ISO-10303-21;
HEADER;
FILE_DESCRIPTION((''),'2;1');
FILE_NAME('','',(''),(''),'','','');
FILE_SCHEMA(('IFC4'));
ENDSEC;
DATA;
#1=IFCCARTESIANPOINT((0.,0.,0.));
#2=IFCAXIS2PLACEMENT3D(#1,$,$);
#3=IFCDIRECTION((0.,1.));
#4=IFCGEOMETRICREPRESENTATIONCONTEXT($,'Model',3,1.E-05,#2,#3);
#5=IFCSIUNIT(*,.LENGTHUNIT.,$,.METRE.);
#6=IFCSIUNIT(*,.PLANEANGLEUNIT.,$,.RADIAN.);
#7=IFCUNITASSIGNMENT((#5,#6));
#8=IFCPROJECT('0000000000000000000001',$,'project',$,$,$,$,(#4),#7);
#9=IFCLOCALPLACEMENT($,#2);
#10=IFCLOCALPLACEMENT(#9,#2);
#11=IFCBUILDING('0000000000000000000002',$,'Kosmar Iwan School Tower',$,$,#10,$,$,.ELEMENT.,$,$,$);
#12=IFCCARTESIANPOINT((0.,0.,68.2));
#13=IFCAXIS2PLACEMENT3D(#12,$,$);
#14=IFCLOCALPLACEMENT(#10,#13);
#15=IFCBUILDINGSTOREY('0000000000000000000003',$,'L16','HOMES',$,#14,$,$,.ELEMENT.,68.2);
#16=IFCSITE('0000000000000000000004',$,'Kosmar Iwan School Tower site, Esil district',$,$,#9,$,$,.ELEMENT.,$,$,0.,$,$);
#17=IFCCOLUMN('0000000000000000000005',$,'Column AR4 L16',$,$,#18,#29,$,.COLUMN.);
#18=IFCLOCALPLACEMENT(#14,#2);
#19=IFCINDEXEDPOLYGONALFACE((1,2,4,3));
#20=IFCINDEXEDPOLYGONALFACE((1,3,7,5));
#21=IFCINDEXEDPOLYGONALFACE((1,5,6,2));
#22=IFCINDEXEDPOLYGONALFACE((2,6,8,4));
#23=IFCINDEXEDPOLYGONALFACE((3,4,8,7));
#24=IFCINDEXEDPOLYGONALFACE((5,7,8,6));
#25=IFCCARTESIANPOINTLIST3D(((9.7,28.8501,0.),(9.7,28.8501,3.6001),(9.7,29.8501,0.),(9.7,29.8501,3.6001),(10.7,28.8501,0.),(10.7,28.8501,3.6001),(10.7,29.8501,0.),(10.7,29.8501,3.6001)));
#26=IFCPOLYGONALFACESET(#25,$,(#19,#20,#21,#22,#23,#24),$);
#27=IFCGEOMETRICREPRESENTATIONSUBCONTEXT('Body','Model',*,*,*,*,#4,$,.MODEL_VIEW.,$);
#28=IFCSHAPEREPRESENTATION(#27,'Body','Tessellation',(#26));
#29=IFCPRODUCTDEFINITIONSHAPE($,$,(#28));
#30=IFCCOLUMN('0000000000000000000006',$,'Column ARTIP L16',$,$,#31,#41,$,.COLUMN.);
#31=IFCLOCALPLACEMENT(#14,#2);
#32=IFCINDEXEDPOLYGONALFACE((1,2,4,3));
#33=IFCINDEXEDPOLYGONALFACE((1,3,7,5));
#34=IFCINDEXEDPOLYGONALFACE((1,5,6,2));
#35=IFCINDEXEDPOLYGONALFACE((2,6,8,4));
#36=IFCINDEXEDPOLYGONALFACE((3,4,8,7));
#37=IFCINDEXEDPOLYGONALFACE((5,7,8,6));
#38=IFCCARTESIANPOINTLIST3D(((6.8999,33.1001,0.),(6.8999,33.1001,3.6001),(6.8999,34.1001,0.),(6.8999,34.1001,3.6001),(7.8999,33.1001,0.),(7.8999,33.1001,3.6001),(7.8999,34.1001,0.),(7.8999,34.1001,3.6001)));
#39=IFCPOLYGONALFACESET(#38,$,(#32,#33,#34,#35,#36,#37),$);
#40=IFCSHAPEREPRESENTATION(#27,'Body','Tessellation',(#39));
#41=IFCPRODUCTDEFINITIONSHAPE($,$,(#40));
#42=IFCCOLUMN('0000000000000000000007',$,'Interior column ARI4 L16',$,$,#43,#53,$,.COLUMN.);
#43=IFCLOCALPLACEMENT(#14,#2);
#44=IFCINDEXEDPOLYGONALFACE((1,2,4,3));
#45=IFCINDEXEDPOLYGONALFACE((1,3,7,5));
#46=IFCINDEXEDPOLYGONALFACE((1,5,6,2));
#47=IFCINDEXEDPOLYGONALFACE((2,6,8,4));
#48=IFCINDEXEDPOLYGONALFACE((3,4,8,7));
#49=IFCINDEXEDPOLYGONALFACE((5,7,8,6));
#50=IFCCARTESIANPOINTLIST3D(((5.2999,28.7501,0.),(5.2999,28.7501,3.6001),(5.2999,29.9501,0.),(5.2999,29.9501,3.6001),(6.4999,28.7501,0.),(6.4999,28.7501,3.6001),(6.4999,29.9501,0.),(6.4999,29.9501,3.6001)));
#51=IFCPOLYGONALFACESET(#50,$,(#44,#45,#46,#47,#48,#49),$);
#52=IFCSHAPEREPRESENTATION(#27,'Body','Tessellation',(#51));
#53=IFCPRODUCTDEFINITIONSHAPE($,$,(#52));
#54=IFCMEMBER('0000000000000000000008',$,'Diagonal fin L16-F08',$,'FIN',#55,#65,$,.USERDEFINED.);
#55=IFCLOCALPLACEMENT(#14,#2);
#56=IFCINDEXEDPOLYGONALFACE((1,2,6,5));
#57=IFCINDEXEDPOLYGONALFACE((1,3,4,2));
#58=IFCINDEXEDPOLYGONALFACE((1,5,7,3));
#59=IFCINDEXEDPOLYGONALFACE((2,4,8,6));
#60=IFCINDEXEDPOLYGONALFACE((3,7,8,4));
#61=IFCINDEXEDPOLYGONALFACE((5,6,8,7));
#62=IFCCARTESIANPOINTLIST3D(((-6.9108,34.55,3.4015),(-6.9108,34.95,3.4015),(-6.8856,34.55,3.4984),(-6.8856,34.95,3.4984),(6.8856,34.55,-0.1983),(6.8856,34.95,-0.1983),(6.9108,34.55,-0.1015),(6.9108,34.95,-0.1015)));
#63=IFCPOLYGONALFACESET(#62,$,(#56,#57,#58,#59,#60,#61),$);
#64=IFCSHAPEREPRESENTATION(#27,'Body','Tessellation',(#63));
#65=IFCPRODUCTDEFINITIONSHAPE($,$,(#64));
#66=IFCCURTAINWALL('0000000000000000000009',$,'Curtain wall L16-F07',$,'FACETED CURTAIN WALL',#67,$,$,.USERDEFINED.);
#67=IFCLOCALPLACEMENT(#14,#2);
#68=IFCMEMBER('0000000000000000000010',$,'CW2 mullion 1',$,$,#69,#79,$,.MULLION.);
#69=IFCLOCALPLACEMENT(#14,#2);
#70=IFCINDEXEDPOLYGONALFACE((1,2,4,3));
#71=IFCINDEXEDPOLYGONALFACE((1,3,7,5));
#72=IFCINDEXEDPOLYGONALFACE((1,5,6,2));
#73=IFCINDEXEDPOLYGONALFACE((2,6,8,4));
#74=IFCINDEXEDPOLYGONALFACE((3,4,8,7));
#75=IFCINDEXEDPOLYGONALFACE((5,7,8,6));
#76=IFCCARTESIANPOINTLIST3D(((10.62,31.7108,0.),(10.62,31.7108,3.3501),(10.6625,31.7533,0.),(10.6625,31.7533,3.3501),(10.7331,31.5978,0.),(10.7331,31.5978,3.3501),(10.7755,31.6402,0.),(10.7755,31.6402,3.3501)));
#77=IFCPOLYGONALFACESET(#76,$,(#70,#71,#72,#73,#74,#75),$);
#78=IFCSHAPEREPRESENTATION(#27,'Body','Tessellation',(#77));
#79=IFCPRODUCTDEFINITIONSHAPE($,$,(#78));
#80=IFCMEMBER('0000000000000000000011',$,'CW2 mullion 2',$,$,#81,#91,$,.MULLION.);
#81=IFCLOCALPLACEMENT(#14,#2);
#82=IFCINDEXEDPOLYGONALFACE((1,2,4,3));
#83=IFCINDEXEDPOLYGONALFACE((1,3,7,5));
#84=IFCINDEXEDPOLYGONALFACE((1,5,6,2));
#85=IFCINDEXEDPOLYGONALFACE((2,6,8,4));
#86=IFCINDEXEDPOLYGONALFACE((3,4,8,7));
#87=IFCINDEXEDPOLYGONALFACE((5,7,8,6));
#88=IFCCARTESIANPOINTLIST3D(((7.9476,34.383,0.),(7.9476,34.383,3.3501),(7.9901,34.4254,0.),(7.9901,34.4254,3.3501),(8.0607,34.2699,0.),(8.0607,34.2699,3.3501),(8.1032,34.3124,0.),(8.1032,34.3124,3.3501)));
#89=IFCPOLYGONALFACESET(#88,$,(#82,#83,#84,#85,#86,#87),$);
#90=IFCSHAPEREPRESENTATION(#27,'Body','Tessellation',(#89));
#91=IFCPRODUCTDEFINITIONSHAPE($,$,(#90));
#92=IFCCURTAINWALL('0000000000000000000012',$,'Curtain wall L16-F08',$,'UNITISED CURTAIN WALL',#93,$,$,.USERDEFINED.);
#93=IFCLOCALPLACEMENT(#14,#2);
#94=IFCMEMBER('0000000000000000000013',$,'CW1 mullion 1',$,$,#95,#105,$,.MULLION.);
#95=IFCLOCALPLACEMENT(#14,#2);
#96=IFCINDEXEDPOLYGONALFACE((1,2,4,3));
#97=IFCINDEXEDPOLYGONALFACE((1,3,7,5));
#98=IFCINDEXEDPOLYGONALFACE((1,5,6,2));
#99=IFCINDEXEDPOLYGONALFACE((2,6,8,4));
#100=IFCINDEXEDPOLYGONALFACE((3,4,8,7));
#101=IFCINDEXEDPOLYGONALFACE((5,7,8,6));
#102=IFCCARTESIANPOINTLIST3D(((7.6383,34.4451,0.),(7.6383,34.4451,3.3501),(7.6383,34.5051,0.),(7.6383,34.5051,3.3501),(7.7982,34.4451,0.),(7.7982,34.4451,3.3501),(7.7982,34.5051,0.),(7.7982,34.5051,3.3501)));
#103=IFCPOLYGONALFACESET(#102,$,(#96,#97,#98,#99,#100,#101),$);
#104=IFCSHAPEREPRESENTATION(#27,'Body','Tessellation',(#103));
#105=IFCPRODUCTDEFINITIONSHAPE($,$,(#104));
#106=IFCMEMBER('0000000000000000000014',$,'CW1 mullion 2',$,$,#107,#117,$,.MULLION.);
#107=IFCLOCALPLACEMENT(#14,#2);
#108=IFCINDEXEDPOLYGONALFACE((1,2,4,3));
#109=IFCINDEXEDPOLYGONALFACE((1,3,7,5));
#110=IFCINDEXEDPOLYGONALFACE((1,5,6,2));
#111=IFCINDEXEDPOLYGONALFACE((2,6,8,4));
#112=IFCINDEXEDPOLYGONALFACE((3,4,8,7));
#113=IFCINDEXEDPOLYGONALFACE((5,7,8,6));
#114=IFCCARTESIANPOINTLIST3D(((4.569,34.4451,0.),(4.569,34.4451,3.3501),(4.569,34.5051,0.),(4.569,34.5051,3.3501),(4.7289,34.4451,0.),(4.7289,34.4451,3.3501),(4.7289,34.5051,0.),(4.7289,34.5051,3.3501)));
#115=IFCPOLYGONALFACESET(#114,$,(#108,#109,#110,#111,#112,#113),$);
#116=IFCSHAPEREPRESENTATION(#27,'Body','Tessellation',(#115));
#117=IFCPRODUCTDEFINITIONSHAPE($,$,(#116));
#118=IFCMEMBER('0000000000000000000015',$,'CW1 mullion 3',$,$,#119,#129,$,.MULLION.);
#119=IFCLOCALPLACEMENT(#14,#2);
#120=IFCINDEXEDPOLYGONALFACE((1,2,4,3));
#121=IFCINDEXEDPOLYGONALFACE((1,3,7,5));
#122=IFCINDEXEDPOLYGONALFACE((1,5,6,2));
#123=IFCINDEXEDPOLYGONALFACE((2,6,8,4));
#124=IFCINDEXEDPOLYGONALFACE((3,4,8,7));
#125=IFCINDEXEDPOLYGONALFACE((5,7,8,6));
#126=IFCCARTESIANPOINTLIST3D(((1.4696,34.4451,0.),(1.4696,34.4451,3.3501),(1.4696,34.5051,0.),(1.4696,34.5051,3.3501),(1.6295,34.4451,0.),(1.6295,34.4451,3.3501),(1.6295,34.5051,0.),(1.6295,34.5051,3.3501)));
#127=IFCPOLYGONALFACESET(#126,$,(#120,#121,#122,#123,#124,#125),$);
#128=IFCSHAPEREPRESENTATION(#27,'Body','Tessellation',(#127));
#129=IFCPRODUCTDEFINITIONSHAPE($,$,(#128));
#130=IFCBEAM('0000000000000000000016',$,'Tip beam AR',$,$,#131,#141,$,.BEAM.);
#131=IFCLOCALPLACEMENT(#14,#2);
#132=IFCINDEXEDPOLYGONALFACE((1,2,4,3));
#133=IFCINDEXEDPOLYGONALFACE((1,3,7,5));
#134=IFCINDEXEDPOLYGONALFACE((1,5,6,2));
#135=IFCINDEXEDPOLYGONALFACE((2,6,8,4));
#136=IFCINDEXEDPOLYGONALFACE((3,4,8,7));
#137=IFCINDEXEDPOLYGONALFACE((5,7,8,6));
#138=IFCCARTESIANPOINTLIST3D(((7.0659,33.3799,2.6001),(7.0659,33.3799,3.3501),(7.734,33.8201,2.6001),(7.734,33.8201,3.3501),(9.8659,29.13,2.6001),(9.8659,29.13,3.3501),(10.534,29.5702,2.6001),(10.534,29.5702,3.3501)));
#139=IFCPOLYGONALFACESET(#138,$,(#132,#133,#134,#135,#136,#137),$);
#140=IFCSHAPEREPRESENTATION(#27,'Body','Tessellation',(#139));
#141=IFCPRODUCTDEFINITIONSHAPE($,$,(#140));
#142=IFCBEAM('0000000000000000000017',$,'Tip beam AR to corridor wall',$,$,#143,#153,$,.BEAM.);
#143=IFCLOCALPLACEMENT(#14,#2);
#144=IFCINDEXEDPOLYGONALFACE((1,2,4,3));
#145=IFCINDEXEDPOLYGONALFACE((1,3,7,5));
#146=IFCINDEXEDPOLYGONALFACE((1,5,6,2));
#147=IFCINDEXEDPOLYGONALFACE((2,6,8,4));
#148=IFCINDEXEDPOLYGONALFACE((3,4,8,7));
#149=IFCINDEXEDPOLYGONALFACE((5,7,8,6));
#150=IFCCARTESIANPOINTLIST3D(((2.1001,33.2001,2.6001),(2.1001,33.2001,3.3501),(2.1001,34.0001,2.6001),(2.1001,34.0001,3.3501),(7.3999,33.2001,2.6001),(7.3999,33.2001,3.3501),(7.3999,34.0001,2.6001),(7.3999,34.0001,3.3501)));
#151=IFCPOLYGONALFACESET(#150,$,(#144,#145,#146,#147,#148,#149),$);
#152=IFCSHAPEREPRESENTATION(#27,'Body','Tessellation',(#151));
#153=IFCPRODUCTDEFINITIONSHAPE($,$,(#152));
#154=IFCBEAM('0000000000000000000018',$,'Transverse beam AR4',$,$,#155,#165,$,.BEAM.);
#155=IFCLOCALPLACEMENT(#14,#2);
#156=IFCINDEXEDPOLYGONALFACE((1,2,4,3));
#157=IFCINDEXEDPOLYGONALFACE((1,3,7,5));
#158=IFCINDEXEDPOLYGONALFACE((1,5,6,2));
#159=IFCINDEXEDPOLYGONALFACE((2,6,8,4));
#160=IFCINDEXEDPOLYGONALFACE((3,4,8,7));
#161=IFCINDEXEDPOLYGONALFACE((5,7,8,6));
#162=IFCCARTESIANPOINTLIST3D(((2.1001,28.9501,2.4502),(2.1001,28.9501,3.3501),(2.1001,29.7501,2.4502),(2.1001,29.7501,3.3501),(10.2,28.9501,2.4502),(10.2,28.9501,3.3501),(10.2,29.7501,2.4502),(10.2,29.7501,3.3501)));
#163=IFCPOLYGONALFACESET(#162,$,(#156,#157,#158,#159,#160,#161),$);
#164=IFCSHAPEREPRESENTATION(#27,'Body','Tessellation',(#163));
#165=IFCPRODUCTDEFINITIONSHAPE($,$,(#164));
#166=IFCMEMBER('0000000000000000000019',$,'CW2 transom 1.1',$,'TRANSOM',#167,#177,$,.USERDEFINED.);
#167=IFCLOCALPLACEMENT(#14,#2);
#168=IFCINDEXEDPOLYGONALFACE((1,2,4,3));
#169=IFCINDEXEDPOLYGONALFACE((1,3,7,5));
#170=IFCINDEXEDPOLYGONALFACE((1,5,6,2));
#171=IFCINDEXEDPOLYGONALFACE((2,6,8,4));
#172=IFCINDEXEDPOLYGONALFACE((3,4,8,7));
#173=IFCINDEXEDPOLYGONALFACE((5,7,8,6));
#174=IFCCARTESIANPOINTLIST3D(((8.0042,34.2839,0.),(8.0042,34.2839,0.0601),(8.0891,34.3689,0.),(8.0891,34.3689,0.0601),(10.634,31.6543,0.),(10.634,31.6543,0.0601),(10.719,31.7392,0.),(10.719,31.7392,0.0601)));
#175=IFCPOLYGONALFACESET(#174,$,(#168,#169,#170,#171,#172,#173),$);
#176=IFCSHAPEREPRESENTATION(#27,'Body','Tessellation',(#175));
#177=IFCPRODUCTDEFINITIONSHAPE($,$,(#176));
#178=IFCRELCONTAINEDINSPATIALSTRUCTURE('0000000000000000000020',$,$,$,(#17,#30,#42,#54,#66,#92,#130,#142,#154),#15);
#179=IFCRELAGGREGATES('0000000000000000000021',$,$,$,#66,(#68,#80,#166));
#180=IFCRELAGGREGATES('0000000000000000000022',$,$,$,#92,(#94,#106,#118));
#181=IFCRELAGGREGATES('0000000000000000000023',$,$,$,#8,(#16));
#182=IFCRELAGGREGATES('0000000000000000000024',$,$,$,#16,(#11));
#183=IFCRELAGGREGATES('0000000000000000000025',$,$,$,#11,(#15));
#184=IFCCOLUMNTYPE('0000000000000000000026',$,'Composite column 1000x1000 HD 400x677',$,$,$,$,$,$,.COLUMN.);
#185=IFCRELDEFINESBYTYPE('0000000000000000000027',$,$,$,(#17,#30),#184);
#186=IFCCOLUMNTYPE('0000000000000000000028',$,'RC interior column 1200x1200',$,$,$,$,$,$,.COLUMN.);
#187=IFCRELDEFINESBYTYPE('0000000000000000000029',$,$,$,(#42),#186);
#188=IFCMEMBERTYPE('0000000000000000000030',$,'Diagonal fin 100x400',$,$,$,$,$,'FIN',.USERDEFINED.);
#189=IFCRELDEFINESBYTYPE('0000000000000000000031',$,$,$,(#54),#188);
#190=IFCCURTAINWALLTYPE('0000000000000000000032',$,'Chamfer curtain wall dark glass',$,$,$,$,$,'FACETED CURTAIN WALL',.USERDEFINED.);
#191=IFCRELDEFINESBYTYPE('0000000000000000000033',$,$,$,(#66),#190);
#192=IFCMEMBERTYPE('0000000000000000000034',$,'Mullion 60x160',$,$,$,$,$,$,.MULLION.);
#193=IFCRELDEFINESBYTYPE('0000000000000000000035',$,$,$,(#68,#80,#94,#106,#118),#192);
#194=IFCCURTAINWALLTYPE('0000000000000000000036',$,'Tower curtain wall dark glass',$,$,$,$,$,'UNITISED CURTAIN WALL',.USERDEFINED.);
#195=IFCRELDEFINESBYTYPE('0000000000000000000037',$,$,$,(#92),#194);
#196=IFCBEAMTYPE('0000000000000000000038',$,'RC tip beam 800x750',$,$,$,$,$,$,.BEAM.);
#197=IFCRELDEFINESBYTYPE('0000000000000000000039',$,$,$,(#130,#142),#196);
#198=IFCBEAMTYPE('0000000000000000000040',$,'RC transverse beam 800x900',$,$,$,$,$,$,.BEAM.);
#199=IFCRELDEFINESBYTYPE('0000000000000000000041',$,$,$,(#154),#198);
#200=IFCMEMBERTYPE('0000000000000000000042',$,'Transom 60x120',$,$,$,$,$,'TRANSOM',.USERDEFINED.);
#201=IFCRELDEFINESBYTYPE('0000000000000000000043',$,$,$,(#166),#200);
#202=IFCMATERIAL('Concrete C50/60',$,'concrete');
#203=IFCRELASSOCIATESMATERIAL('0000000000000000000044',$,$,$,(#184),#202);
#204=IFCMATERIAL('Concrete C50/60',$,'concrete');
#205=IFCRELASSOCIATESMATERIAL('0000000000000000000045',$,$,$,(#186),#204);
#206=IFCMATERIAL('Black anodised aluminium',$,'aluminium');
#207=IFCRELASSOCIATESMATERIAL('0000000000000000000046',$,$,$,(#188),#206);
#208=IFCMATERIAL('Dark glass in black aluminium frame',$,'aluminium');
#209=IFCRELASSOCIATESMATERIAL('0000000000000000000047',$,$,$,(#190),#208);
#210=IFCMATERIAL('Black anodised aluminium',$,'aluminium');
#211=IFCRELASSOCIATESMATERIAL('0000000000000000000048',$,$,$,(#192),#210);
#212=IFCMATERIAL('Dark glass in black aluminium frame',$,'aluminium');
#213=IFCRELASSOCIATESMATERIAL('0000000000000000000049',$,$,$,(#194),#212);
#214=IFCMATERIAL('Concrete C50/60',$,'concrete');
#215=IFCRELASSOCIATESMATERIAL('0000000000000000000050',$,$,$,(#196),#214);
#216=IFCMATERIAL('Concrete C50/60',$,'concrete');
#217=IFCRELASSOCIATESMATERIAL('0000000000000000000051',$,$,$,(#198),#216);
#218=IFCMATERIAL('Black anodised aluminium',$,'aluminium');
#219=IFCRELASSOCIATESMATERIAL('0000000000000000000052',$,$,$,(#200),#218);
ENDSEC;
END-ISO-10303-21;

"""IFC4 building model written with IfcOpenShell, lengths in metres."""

from ifc_helpers import new_model, si_unit, direction, frame, origin, origin_2d, place, context, subcontext, project, spatial, rectangle, extrude, material, material_profile, profile_set, type_object, element, aggregate, save


model = new_model("IFC4")

# Units and contexts
model_context = context("Model", 3, precision=1e-05, world=origin(), true_north=direction((0.0, 1.0)))
body_context = subcontext(model_context, "Body", "Model", "MODEL_VIEW")
ifc_project = project(units=[si_unit("LENGTHUNIT", "METRE"), si_unit("PLANEANGLEUNIT", "RADIAN")], contexts=[model_context])

# Site, building, storey
site_placement = place(None, origin())
site = spatial("IfcSite", under=ifc_project, at=site_placement, Name="Kosmar Iwan School Tower site, Esil district", CompositionType="ELEMENT", RefElevation=0.0)
building_placement = place(site_placement, origin())
building = spatial("IfcBuilding", under=site, at=building_placement, Name="Kosmar Iwan School Tower", CompositionType="ELEMENT")
storey_placement = place(building_placement, frame((0.0, 0.0, 68.2)))
storey = spatial("IfcBuildingStorey", under=building, at=storey_placement, Name="L16", Description="HOMES", CompositionType="ELEMENT", Elevation=68.2)

# Columns
ifc_material_1 = material(Name="Concrete C50/60", Category="concrete")
ifc_material_profile_1 = material_profile(ifc_material_1, rectangle(XDim=1.0, YDim=1.0, at=origin_2d()), Name="RC 1000x1000 + HD 400x677")
ifc_profile_set_1 = profile_set([ifc_material_profile_1], Name="Concrete C50/60")
column_type_1 = type_object("IfcColumnType", Name="Composite column 1000x1000 HD 400x677", PredefinedType="COLUMN", material=ifc_profile_set_1)
for number, where, z_axis, x_axis, name in (
    (1, (10.2, 29.3501, 0.0), (0.0, 0.0, 1.0), (0.0, 1.0, 0.0), "Column AR4 L16"),
    (2, (7.3999, 33.6001, 0.0), (0.0, 0.0, 1.0), (0.0, 1.0, 0.0), "Column ARTIP L16"),
):
    element("IfcColumn", number, at=place(storey_placement, frame(where, z_axis=z_axis, x_axis=x_axis)), inside=storey, type_object=column_type_1, Name=name, PredefinedType="COLUMN", context=body_context, shape_type="SweptSolid", body=[
        extrude(rectangle(XDim=1.0, YDim=1.0, at=origin_2d()), origin(), (0.0, 0.0, 1.0), 3.6001),
    ])
ifc_material_2 = material(Name="Concrete C50/60", Category="concrete")
ifc_material_profile_2 = material_profile(ifc_material_2, rectangle(XDim=1.2, YDim=1.2, at=origin_2d()), Name="RC 1200x1200")
ifc_profile_set_2 = profile_set([ifc_material_profile_2], Name="Concrete C50/60")
column_type_2 = type_object("IfcColumnType", Name="RC interior column 1200x1200", PredefinedType="COLUMN", material=ifc_profile_set_2)
column_placement = place(storey_placement, frame((5.8999, 29.3501, 0.0), z_axis=(0.0, 0.0, 1.0), x_axis=(0.0, 1.0, 0.0)))
element("IfcColumn", 3, at=column_placement, inside=storey, type_object=column_type_2, Name="Interior column ARI4 L16", PredefinedType="COLUMN", context=body_context, shape_type="SweptSolid", body=[
    extrude(rectangle(XDim=1.2, YDim=1.2, at=origin_2d()), origin(), (0.0, 0.0, 1.0), 3.6001),
])

# Member
ifc_material_3 = material(Name="Black anodised aluminium", Category="aluminium")
ifc_material_profile_3 = material_profile(ifc_material_3, rectangle(XDim=0.1001, YDim=0.3999, at=origin_2d()), Name="FIN 100x400")
ifc_profile_set_3 = profile_set([ifc_material_profile_3], Name="Black anodised aluminium")
member_type_1 = type_object("IfcMemberType", Name="Diagonal fin 100x400", ElementType="FIN", PredefinedType="USERDEFINED", material=ifc_profile_set_3)
member_1_placement = place(storey_placement, frame((6.8982, 34.75, -0.1499), z_axis=(-0.967604, 0.0, 0.252474), x_axis=(0.252474, 0.0, 0.967604)))
element("IfcMember", 4, at=member_1_placement, inside=storey, type_object=member_type_1, Name="Diagonal fin L16-F08", ObjectType="FIN", PredefinedType="USERDEFINED", context=body_context, shape_type="SweptSolid", body=[
    extrude(rectangle(XDim=0.1001, YDim=0.3999, at=origin_2d()), origin(), (0.0, 0.0, 1.0), 14.2583),
])

# Curtain walls, members
ifc_material_4 = material(Name="Dark glass in black aluminium frame", Category="aluminium")
curtain_wall_type_1 = type_object("IfcCurtainWallType", Name="Chamfer curtain wall dark glass", ElementType="FACETED CURTAIN WALL", PredefinedType="USERDEFINED", material=ifc_material_4)
curtain_wall_1_placement = place(storey_placement, origin())
curtain_wall_1 = element("IfcCurtainWall", 5, at=curtain_wall_1_placement, inside=storey, type_object=curtain_wall_type_1, Name="Curtain wall L16-F07", ObjectType="FACETED CURTAIN WALL", PredefinedType="USERDEFINED")
ifc_material_5 = material(Name="Black anodised aluminium", Category="aluminium")
ifc_material_profile_4 = material_profile(ifc_material_5, rectangle(XDim=0.0601, YDim=0.1599, at=origin_2d()), Name="MULLION 60x160")
ifc_profile_set_4 = profile_set([ifc_material_profile_4], Name="Black anodised aluminium")
member_type_2 = type_object("IfcMemberType", Name="Mullion 60x160", PredefinedType="MULLION", material=ifc_profile_set_4)
member_2_placement = place(storey_placement, frame((10.6978, 31.6755, 0.0), z_axis=(0.0, 0.0, 1.0), x_axis=(-0.707107, -0.707107, 0.0)))
member_2 = element("IfcMember", 6, at=member_2_placement, type_object=member_type_2, Name="CW2 mullion 1", PredefinedType="MULLION", context=body_context, shape_type="SweptSolid", body=[
    extrude(rectangle(XDim=0.0601, YDim=0.1599, at=origin_2d()), origin(), (0.0, 0.0, 1.0), 3.3501),
])
member_3_placement = place(storey_placement, frame((8.0254, 34.3477, 0.0), z_axis=(0.0, 0.0, 1.0), x_axis=(-0.707107, -0.707107, 0.0)))
member_3 = element("IfcMember", 7, at=member_3_placement, type_object=member_type_2, Name="CW2 mullion 2", PredefinedType="MULLION", context=body_context, shape_type="SweptSolid", body=[
    extrude(rectangle(XDim=0.0601, YDim=0.1599, at=origin_2d()), origin(), (0.0, 0.0, 1.0), 3.3501),
])
ifc_material_6 = material(Name="Dark glass in black aluminium frame", Category="aluminium")
curtain_wall_type_2 = type_object("IfcCurtainWallType", Name="Tower curtain wall dark glass", ElementType="UNITISED CURTAIN WALL", PredefinedType="USERDEFINED", material=ifc_material_6)
curtain_wall_2_placement = place(storey_placement, origin())
curtain_wall_2 = element("IfcCurtainWall", 8, at=curtain_wall_2_placement, inside=storey, type_object=curtain_wall_type_2, Name="Curtain wall L16-F08", ObjectType="UNITISED CURTAIN WALL", PredefinedType="USERDEFINED")
member_4_placement = place(storey_placement, frame((7.7183, 34.4751, 0.0), z_axis=(0.0, 0.0, 1.0), x_axis=(0.0, -1.0, 0.0)))
member_4 = element("IfcMember", 9, at=member_4_placement, type_object=member_type_2, Name="CW1 mullion 1", PredefinedType="MULLION", context=body_context, shape_type="SweptSolid", body=[
    extrude(rectangle(XDim=0.0601, YDim=0.1599, at=origin_2d()), origin(), (0.0, 0.0, 1.0), 3.3501),
])
member_5_placement = place(storey_placement, frame((4.6489, 34.4751, 0.0), z_axis=(0.0, 0.0, 1.0), x_axis=(0.0, -1.0, 0.0)))
member_5 = element("IfcMember", 10, at=member_5_placement, type_object=member_type_2, Name="CW1 mullion 2", PredefinedType="MULLION", context=body_context, shape_type="SweptSolid", body=[
    extrude(rectangle(XDim=0.0601, YDim=0.1599, at=origin_2d()), origin(), (0.0, 0.0, 1.0), 3.3501),
])
member_6_placement = place(storey_placement, frame((1.5496, 34.4751, 0.0), z_axis=(0.0, 0.0, 1.0), x_axis=(0.0, -1.0, 0.0)))
member_6 = element("IfcMember", 11, at=member_6_placement, type_object=member_type_2, Name="CW1 mullion 3", PredefinedType="MULLION", context=body_context, shape_type="SweptSolid", body=[
    extrude(rectangle(XDim=0.0601, YDim=0.1599, at=origin_2d()), origin(), (0.0, 0.0, 1.0), 3.3501),
])

# Beams
ifc_material_7 = material(Name="Concrete C50/60", Category="concrete")
ifc_material_profile_5 = material_profile(ifc_material_7, rectangle(XDim=0.8, YDim=0.75, at=origin_2d()), Name="RC 800x750")
ifc_profile_set_5 = profile_set([ifc_material_profile_5], Name="Concrete C50/60")
beam_type_1 = type_object("IfcBeamType", Name="RC tip beam 800x750", PredefinedType="BEAM", material=ifc_profile_set_5)
beam_1_placement = place(storey_placement, frame((10.2, 29.3501, 2.9751), z_axis=(-0.550164, 0.835056, 0.0), x_axis=(-0.835056, -0.550164, 0.0)))
element("IfcBeam", 12, at=beam_1_placement, inside=storey, type_object=beam_type_1, Name="Tip beam AR", PredefinedType="BEAM", context=body_context, shape_type="SweptSolid", body=[
    extrude(rectangle(XDim=0.8, YDim=0.75, at=origin_2d()), origin(), (0.0, 0.0, 1.0), 5.0894),
])
beam_2_placement = place(storey_placement, frame((7.3999, 33.6001, 2.9751), z_axis=(-1.0, 0.0, 0.0), x_axis=(0.0, -1.0, 0.0)))
element("IfcBeam", 13, at=beam_2_placement, inside=storey, type_object=beam_type_1, Name="Tip beam AR to corridor wall", PredefinedType="BEAM", context=body_context, shape_type="SweptSolid", body=[
    extrude(rectangle(XDim=0.8, YDim=0.75, at=origin_2d()), origin(), (0.0, 0.0, 1.0), 5.2998),
])
ifc_material_8 = material(Name="Concrete C50/60", Category="concrete")
ifc_material_profile_6 = material_profile(ifc_material_8, rectangle(XDim=0.8, YDim=0.8999, at=origin_2d()), Name="RC 800x900")
ifc_profile_set_6 = profile_set([ifc_material_profile_6], Name="Concrete C50/60")
beam_type_2 = type_object("IfcBeamType", Name="RC transverse beam 800x900", PredefinedType="BEAM", material=ifc_profile_set_6)
beam_3_placement = place(storey_placement, frame((10.2, 29.3501, 2.9001), z_axis=(-1.0, 0.0, 0.0), x_axis=(0.0, -1.0, 0.0)))
element("IfcBeam", 14, at=beam_3_placement, inside=storey, type_object=beam_type_2, Name="Transverse beam AR4", PredefinedType="BEAM", context=body_context, shape_type="SweptSolid", body=[
    extrude(rectangle(XDim=0.8, YDim=0.8999, at=origin_2d()), origin(), (0.0, 0.0, 1.0), 8.0999),
])

# Member
ifc_material_9 = material(Name="Black anodised aluminium", Category="aluminium")
ifc_material_profile_7 = material_profile(ifc_material_9, rectangle(XDim=0.1201, YDim=0.0601, at=origin_2d()), Name="TRANSOM 60x120")
ifc_profile_set_7 = profile_set([ifc_material_profile_7], Name="Black anodised aluminium")
member_type_3 = type_object("IfcMemberType", Name="Transom 60x120", ElementType="TRANSOM", PredefinedType="USERDEFINED", material=ifc_profile_set_7)
member_7_placement = place(storey_placement, frame((10.6765, 31.6968, 0.03), z_axis=(-0.70714, 0.707074, 0.0), x_axis=(-0.707074, -0.70714, 0.0)))
member_7 = element("IfcMember", 15, at=member_7_placement, type_object=member_type_3, Name="CW2 transom 1.1", ObjectType="TRANSOM", PredefinedType="USERDEFINED", context=body_context, shape_type="SweptSolid", body=[
    extrude(rectangle(XDim=0.1201, YDim=0.0601, at=origin_2d()), origin(), (0.0, 0.0, 1.0), 3.719),
])

aggregate(curtain_wall_1, [member_2, member_3, member_7])
aggregate(curtain_wall_2, [member_4, member_5, member_6])

save(model, "model.ifc")
